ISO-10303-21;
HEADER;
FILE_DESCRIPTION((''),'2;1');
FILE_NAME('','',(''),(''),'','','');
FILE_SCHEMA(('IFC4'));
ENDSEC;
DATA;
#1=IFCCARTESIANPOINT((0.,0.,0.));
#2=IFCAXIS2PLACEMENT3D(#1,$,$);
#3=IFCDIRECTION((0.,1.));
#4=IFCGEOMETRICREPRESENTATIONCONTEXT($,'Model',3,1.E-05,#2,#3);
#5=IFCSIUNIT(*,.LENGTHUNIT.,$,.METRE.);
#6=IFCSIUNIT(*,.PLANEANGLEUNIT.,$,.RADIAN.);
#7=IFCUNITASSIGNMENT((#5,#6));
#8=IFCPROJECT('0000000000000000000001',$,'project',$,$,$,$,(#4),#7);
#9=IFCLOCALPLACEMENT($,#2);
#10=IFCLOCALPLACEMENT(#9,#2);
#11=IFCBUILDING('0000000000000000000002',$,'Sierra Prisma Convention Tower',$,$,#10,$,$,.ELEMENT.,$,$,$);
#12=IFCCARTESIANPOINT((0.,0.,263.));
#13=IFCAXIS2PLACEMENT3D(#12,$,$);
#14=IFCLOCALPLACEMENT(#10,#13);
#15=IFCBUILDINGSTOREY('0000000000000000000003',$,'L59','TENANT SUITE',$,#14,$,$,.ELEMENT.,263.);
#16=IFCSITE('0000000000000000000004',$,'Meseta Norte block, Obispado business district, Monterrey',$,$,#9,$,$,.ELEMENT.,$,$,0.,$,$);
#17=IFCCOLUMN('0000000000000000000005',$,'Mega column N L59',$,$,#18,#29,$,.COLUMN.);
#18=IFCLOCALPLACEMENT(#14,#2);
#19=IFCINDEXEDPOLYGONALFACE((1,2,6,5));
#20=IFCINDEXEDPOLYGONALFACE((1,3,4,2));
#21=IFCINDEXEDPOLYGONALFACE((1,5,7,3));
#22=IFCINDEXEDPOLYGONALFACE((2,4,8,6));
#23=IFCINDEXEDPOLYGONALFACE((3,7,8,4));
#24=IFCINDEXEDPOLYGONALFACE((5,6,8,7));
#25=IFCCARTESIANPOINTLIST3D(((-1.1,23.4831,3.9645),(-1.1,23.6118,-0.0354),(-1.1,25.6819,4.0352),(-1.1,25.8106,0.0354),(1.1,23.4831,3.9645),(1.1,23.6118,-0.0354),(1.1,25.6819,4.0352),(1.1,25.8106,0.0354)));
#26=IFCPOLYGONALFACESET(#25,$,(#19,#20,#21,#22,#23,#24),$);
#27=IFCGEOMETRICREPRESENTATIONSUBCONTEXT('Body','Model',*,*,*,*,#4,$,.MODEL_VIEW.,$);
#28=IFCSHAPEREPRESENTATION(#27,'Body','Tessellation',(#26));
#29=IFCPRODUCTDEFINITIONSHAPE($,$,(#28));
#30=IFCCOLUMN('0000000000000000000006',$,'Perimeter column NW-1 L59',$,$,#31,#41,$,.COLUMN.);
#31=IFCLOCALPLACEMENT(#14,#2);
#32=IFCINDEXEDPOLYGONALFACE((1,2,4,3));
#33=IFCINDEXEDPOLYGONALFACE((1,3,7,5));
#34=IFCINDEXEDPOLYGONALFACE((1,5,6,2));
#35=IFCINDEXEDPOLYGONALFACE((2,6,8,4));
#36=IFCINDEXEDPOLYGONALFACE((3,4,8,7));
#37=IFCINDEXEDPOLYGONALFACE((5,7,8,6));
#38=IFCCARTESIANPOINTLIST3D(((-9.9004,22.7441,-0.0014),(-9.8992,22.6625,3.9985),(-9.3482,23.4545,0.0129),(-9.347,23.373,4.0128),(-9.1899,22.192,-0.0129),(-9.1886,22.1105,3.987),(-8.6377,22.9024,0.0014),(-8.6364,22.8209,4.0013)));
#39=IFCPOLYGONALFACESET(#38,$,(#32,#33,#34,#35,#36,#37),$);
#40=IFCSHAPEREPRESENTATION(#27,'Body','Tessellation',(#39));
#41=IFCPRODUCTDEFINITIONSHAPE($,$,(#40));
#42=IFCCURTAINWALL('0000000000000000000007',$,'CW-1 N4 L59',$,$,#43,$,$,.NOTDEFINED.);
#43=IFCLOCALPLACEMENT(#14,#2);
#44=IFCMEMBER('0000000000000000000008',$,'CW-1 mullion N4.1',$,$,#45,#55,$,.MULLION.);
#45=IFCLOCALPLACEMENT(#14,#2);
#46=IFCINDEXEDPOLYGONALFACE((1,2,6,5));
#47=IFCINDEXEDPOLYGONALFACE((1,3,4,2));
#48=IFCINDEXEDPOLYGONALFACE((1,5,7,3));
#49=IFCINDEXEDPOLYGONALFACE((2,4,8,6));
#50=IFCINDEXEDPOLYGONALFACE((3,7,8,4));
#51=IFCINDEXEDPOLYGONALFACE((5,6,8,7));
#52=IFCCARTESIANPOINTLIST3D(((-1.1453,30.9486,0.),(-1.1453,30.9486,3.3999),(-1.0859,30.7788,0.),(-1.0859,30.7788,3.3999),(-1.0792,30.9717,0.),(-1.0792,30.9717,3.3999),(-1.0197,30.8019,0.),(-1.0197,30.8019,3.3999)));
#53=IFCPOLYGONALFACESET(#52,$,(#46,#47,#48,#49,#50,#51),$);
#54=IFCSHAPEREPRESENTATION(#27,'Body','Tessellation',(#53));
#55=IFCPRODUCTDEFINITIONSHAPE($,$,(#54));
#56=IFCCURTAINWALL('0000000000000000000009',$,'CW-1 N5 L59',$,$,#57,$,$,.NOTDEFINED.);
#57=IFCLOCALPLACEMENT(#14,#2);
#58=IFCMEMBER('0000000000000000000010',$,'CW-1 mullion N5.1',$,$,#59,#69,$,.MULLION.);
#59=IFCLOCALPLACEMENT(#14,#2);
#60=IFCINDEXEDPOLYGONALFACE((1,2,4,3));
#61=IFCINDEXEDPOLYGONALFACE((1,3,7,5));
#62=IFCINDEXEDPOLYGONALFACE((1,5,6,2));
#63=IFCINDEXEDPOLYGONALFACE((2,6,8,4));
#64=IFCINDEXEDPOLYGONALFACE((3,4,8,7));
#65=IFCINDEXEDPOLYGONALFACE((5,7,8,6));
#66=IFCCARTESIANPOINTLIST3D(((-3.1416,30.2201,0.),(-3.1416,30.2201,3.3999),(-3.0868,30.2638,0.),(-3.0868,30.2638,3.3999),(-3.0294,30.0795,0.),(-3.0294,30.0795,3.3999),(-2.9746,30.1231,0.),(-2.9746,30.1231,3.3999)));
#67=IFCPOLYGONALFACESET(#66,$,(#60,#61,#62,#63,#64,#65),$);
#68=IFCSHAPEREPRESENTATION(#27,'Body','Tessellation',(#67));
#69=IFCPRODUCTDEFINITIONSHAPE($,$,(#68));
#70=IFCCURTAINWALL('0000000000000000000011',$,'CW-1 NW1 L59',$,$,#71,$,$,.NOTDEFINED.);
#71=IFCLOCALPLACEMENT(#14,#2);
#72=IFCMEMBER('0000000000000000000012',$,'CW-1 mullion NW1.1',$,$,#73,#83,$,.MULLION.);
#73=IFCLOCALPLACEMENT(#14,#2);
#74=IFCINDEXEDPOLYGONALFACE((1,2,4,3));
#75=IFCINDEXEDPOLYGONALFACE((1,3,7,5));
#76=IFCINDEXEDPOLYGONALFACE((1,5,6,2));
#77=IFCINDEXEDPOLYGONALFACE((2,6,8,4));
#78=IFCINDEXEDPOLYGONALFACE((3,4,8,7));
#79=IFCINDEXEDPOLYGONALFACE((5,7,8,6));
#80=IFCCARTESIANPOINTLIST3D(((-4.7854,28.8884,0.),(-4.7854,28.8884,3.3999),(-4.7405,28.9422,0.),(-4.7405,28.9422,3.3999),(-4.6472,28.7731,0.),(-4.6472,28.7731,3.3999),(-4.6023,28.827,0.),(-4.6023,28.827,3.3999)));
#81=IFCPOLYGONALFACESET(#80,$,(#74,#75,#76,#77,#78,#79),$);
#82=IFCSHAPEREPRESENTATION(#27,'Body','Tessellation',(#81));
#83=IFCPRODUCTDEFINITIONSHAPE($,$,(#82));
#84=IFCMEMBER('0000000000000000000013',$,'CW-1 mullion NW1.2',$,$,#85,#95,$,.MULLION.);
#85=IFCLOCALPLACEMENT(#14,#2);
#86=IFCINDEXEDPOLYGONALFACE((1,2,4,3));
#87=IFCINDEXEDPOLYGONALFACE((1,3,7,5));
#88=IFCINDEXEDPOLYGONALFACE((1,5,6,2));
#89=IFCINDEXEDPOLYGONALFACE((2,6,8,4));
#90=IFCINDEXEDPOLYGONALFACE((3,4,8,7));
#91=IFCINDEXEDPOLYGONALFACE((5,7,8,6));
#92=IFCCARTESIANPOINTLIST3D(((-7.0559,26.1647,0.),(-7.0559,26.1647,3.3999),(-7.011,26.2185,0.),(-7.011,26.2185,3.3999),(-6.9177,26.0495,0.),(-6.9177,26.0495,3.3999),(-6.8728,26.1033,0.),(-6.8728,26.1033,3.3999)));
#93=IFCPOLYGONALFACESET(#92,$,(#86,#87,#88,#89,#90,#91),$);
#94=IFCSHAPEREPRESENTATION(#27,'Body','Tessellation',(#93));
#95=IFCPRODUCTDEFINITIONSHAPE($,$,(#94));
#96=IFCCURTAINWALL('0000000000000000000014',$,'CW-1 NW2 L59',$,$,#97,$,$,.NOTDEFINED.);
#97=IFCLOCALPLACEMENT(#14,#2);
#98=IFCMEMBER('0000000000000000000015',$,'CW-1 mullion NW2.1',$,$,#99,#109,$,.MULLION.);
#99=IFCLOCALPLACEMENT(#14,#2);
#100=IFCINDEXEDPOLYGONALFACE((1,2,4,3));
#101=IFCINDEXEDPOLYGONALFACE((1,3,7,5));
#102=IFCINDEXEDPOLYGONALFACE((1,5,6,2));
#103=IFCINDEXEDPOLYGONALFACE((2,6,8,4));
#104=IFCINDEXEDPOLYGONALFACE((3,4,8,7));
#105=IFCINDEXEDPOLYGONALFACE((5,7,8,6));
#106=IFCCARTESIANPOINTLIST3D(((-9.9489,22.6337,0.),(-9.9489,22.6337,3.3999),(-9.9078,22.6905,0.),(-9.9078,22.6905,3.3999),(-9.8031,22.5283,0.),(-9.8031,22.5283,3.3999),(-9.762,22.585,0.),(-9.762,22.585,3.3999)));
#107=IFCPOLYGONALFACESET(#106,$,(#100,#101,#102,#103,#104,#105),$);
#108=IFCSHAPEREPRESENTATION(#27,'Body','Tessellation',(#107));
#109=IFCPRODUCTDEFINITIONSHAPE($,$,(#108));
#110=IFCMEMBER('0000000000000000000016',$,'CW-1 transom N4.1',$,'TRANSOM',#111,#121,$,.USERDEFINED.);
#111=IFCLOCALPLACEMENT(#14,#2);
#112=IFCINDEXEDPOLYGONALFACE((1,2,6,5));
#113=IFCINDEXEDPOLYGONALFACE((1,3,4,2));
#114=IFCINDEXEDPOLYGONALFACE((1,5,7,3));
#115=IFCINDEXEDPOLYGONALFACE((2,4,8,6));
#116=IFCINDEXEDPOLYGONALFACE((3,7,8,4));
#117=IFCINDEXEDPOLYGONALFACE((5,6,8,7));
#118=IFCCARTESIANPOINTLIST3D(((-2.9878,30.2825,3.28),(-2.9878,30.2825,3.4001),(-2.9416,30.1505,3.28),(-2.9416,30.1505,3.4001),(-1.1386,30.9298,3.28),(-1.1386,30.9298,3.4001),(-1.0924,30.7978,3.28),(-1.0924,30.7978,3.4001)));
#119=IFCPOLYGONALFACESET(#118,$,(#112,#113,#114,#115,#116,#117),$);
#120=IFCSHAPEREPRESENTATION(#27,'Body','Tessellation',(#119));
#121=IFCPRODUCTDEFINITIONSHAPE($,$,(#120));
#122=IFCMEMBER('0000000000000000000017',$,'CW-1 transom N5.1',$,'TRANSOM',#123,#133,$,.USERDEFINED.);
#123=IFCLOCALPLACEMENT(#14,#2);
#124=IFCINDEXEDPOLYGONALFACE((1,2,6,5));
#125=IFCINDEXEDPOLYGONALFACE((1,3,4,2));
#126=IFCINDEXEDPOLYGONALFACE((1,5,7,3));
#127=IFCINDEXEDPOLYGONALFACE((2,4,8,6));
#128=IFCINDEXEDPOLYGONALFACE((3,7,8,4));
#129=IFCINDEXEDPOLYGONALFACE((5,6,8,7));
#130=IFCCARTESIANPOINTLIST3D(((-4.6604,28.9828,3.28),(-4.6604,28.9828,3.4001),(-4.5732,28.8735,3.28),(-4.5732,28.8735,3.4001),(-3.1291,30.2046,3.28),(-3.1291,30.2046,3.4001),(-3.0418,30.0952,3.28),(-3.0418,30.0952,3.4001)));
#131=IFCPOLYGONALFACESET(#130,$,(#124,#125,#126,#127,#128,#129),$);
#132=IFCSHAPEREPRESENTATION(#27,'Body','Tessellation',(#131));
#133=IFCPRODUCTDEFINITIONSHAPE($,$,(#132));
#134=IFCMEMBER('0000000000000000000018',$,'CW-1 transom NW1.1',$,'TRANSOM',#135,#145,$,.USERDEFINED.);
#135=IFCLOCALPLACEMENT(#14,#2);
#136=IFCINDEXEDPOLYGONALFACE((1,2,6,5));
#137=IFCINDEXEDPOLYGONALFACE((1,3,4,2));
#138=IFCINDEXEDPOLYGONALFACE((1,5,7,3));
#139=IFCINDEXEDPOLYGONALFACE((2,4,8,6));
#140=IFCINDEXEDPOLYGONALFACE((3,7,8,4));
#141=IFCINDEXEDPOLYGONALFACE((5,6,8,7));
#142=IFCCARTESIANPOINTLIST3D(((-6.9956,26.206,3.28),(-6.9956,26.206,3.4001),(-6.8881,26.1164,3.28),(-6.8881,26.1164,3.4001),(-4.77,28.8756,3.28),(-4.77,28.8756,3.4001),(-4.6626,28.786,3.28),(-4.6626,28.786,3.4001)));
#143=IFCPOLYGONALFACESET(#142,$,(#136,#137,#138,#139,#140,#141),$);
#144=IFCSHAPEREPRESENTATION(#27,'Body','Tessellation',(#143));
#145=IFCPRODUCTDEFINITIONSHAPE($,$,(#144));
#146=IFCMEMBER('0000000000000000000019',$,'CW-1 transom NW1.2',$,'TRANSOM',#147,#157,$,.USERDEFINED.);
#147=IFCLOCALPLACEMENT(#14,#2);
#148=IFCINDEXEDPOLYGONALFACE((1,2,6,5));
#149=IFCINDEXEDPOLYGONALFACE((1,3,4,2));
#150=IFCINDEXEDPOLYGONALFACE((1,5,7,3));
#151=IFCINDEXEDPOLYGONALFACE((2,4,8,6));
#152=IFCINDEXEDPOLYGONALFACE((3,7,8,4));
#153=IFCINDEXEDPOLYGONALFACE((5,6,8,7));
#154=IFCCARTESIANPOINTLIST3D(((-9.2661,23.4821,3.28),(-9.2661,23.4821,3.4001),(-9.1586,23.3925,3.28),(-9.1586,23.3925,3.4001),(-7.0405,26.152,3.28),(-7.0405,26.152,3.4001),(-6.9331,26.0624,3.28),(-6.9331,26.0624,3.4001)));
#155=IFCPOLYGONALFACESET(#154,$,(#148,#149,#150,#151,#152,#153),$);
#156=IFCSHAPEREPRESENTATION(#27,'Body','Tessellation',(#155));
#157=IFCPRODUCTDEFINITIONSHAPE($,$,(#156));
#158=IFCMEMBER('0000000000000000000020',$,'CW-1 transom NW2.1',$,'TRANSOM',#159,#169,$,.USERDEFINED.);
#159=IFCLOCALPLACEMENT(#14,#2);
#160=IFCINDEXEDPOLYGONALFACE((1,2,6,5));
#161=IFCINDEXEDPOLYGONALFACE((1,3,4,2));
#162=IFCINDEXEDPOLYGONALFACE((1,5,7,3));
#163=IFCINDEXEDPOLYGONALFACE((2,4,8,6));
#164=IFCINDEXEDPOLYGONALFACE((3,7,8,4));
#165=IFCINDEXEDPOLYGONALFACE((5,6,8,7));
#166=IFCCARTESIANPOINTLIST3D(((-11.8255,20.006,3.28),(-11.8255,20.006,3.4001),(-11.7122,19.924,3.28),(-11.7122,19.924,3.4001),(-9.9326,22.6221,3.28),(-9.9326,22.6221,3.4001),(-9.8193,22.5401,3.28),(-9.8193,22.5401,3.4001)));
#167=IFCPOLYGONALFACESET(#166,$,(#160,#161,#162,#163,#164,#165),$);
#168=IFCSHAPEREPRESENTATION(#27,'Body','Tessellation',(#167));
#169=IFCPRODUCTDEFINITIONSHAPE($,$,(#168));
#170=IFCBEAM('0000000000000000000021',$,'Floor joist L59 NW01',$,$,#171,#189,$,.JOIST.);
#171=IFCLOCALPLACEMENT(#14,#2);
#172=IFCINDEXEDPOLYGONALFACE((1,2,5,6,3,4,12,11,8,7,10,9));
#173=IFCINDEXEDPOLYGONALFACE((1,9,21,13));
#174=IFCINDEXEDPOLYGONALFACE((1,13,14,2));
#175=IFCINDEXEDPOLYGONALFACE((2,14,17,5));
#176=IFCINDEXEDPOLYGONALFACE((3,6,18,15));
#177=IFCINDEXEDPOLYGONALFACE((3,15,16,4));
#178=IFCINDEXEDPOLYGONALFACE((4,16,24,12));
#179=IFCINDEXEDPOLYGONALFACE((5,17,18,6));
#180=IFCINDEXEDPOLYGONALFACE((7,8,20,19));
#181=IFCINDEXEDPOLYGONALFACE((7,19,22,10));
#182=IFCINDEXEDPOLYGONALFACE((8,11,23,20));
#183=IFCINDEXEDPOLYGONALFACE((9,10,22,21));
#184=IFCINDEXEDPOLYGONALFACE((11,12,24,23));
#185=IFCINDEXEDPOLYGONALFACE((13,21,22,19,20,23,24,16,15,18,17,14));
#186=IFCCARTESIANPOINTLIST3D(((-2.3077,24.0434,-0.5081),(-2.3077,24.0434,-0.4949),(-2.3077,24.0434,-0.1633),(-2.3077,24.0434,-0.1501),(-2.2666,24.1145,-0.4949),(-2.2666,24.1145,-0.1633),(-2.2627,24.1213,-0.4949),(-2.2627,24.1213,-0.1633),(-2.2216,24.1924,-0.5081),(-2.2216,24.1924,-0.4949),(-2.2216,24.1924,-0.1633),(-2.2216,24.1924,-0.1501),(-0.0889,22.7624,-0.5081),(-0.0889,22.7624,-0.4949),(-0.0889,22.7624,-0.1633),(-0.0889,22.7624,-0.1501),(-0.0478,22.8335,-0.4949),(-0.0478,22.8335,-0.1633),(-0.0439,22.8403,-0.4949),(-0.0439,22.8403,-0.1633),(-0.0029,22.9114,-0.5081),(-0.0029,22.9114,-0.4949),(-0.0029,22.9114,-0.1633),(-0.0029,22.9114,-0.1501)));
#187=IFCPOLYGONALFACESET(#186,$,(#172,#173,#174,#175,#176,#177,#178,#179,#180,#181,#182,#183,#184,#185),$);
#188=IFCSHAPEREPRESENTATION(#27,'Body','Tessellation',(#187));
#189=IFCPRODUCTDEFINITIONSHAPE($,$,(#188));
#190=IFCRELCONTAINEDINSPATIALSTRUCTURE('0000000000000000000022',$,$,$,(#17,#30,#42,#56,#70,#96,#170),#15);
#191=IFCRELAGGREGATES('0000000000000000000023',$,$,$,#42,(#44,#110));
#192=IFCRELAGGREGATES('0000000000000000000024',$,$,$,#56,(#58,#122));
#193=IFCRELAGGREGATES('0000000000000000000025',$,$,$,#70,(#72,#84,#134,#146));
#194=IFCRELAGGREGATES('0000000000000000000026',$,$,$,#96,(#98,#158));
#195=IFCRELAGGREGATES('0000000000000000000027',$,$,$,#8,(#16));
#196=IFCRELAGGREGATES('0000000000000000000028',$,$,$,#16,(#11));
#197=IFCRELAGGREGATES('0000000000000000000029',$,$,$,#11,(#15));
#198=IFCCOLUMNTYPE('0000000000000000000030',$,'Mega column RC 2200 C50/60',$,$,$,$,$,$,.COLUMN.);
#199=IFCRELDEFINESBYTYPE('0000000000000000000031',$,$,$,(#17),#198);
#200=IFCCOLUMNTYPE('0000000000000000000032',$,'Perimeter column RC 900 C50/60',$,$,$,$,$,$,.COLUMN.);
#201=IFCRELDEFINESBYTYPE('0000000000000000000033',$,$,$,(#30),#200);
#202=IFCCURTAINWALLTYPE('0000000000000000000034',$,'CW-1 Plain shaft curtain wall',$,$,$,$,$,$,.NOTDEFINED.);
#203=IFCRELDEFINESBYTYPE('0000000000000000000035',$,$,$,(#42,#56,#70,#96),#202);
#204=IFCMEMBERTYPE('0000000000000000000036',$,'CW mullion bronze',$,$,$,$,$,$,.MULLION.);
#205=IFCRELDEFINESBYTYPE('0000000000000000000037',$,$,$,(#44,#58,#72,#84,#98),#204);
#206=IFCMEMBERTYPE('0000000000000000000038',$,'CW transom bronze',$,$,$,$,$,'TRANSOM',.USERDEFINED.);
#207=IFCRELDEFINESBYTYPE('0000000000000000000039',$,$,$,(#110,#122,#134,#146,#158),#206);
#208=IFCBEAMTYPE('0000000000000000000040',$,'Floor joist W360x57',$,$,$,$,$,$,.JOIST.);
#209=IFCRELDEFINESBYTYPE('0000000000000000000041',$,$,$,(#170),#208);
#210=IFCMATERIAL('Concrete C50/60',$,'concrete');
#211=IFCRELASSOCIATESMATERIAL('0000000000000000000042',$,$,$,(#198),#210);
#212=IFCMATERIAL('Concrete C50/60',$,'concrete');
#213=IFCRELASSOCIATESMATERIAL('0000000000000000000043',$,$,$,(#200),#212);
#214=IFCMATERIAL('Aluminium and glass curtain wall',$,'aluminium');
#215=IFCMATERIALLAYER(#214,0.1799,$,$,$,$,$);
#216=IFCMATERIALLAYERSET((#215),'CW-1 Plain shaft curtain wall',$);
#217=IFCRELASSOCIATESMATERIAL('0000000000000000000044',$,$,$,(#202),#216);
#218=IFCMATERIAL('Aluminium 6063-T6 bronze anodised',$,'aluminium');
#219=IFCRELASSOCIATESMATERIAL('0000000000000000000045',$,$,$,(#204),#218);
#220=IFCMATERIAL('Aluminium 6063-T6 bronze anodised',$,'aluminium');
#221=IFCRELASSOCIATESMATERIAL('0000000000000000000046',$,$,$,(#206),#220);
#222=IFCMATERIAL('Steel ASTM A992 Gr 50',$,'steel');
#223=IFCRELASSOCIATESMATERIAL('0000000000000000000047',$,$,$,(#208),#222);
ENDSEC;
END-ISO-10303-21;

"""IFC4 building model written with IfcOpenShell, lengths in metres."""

from ifc_helpers import new_model, si_unit, direction, frame, origin, origin_2d, place, context, subcontext, project, spatial, rectangle, i_section, extrude, material, layer, layer_set, material_profile, profile_set, type_object, element, aggregate, save


model = new_model("IFC4")

# Units and contexts
model_context = context("Model", 3, precision=1e-05, world=origin(), true_north=direction((0.0, 1.0)))
body_context = subcontext(model_context, "Body", "Model", "MODEL_VIEW")
ifc_project = project(units=[si_unit("LENGTHUNIT", "METRE"), si_unit("PLANEANGLEUNIT", "RADIAN")], contexts=[model_context])

# Site, building, storey
site_placement = place(None, origin())
site = spatial("IfcSite", under=ifc_project, at=site_placement, Name="Meseta Norte block, Obispado business district, Monterrey", CompositionType="ELEMENT", RefElevation=0.0)
building_placement = place(site_placement, origin())
building = spatial("IfcBuilding", under=site, at=building_placement, Name="Sierra Prisma Convention Tower", CompositionType="ELEMENT")
storey_placement = place(building_placement, frame((0.0, 0.0, 263.0)))
storey = spatial("IfcBuildingStorey", under=building, at=storey_placement, Name="L59", Description="TENANT SUITE", CompositionType="ELEMENT", Elevation=263.0)

# Columns
ifc_material_1 = material(Name="Concrete C50/60", Category="concrete")
ifc_material_profile_1 = material_profile(ifc_material_1, rectangle(XDim=2.2, YDim=2.2, at=origin_2d()), Name="Mega column RC 2200 C50/60")
ifc_profile_set_1 = profile_set([ifc_material_profile_1], Name="Concrete C50/60")
column_type_1 = type_object("IfcColumnType", Name="Mega column RC 2200 C50/60", PredefinedType="COLUMN", material=ifc_profile_set_1)
column_1_placement = place(storey_placement, frame((0.0, 24.7112, 0.0), z_axis=(0.0, -0.032149, 0.999483), x_axis=(1.0, 0.0, 0.0)))
element("IfcColumn", 1, at=column_1_placement, inside=storey, type_object=column_type_1, Name="Mega column N L59", PredefinedType="COLUMN", context=body_context, shape_type="SweptSolid", body=[
    extrude(rectangle(XDim=2.2, YDim=2.2, at=origin_2d()), origin(), (0.0, 0.0, 1.0), 4.002),
])
ifc_material_2 = material(Name="Concrete C50/60", Category="concrete")
ifc_material_profile_2 = material_profile(ifc_material_2, rectangle(XDim=0.8999, YDim=0.8999, at=origin_2d()), Name="Perimeter column RC 900 C50/60")
ifc_profile_set_2 = profile_set([ifc_material_profile_2], Name="Concrete C50/60")
column_type_2 = type_object("IfcColumnType", Name="Perimeter column RC 900 C50/60", PredefinedType="COLUMN", material=ifc_profile_set_2)
column_2_placement = place(storey_placement, frame((-9.269, 22.8232, 0.0), z_axis=(0.000305, -0.020382, 0.999792), x_axis=(0.61362, 0.789441, 0.015906)))
element("IfcColumn", 2, at=column_2_placement, inside=storey, type_object=column_type_2, Name="Perimeter column NW-1 L59", PredefinedType="COLUMN", context=body_context, shape_type="SweptSolid", body=[
    extrude(rectangle(XDim=0.8999, YDim=0.8999, at=origin_2d()), origin(), (0.0, 0.0, 1.0), 4.0007),
])

# Curtain walls, members
ifc_material_3 = material(Name="Aluminium and glass curtain wall", Category="aluminium")
ifc_layer_1 = layer(ifc_material_3, 0.1799)
ifc_layer_set_1 = layer_set([ifc_layer_1], Name="CW-1 Plain shaft curtain wall")
curtain_wall_type = type_object("IfcCurtainWallType", Name="CW-1 Plain shaft curtain wall", PredefinedType="NOTDEFINED", material=ifc_layer_set_1)
curtain_wall_1_placement = place(storey_placement, origin())
curtain_wall_1 = element("IfcCurtainWall", 3, at=curtain_wall_1_placement, inside=storey, type_object=curtain_wall_type, Name="CW-1 N4 L59", PredefinedType="NOTDEFINED")
ifc_material_4 = material(Name="Aluminium 6063-T6 bronze anodised", Category="aluminium")
ifc_material_profile_3 = material_profile(ifc_material_4, rectangle(XDim=0.1799, YDim=0.0701, at=origin_2d()), Name="ALU MULLION 70x180")
ifc_profile_set_3 = profile_set([ifc_material_profile_3], Name="Aluminium 6063-T6 bronze anodised")
member_type_1 = type_object("IfcMemberType", Name="CW mullion bronze", PredefinedType="MULLION", material=ifc_profile_set_3)
member_1_placement = place(storey_placement, frame((-1.0825, 30.8752, 0.0), z_axis=(0.0, 0.0, 1.0), x_axis=(0.330333, -0.943864, 0.0)))
member_1 = element("IfcMember", 4, at=member_1_placement, type_object=member_type_1, Name="CW-1 mullion N4.1", PredefinedType="MULLION", context=body_context, shape_type="SweptSolid", body=[
    extrude(rectangle(XDim=0.1799, YDim=0.0701, at=origin_2d()), origin(), (0.0, 0.0, 1.0), 3.3999),
])
curtain_wall_2_placement = place(storey_placement, origin())
curtain_wall_2 = element("IfcCurtainWall", 5, at=curtain_wall_2_placement, inside=storey, type_object=curtain_wall_type, Name="CW-1 N5 L59", PredefinedType="NOTDEFINED")
member_2_placement = place(storey_placement, frame((-3.0581, 30.1716, 0.0), z_axis=(0.0, 0.0, 1.0), x_axis=(0.623579, -0.78176, 0.0)))
member_2 = element("IfcMember", 6, at=member_2_placement, type_object=member_type_1, Name="CW-1 mullion N5.1", PredefinedType="MULLION", context=body_context, shape_type="SweptSolid", body=[
    extrude(rectangle(XDim=0.1799, YDim=0.0701, at=origin_2d()), origin(), (0.0, 0.0, 1.0), 3.3999),
])

# Curtain wall, members
curtain_wall_3_placement = place(storey_placement, origin())
curtain_wall_3 = element("IfcCurtainWall", 7, at=curtain_wall_3_placement, inside=storey, type_object=curtain_wall_type, Name="CW-1 NW1 L59", PredefinedType="NOTDEFINED")
member_3_placement = place(storey_placement, frame((-4.6938, 28.8577, 0.0), z_axis=(0.0, 0.0, 1.0), x_axis=(0.76812, -0.640306, 0.0)))
member_3 = element("IfcMember", 8, at=member_3_placement, type_object=member_type_1, Name="CW-1 mullion NW1.1", PredefinedType="MULLION", context=body_context, shape_type="SweptSolid", body=[
    extrude(rectangle(XDim=0.1799, YDim=0.0701, at=origin_2d()), origin(), (0.0, 0.0, 1.0), 3.3999),
])
member_4_placement = place(storey_placement, frame((-6.9644, 26.134, 0.0), z_axis=(0.0, 0.0, 1.0), x_axis=(0.76812, -0.640306, 0.0)))
member_4 = element("IfcMember", 9, at=member_4_placement, type_object=member_type_1, Name="CW-1 mullion NW1.2", PredefinedType="MULLION", context=body_context, shape_type="SweptSolid", body=[
    extrude(rectangle(XDim=0.1799, YDim=0.0701, at=origin_2d()), origin(), (0.0, 0.0, 1.0), 3.3999),
])

# Curtain wall, member
curtain_wall_4_placement = place(storey_placement, origin())
curtain_wall_4 = element("IfcCurtainWall", 10, at=curtain_wall_4_placement, inside=storey, type_object=curtain_wall_type, Name="CW-1 NW2 L59", PredefinedType="NOTDEFINED")
member_5_placement = place(storey_placement, frame((-9.8555, 22.6094, 0.0), z_axis=(0.0, 0.0, 1.0), x_axis=(0.810157, -0.586214, 0.0)))
member_5 = element("IfcMember", 11, at=member_5_placement, type_object=member_type_1, Name="CW-1 mullion NW2.1", PredefinedType="MULLION", context=body_context, shape_type="SweptSolid", body=[
    extrude(rectangle(XDim=0.1799, YDim=0.0701, at=origin_2d()), origin(), (0.0, 0.0, 1.0), 3.3999),
])

# Members
ifc_material_5 = material(Name="Aluminium 6063-T6 bronze anodised", Category="aluminium")
ifc_material_profile_4 = material_profile(ifc_material_5, rectangle(XDim=0.1399, YDim=0.1201, at=origin_2d()), Name="ALU TRANSOM 120x140")
ifc_profile_set_4 = profile_set([ifc_material_profile_4], Name="Aluminium 6063-T6 bronze anodised")
member_type_2 = type_object("IfcMemberType", Name="CW transom bronze", ElementType="TRANSOM", PredefinedType="USERDEFINED", material=ifc_profile_set_4)
member_6_placement = place(storey_placement, frame((-1.1155, 30.8638, 3.3401), z_axis=(-0.943854, -0.330362, 0.0), x_axis=(0.330362, -0.943854, 0.0)))
member_6 = element("IfcMember", 12, at=member_6_placement, type_object=member_type_2, Name="CW-1 transom N4.1", ObjectType="TRANSOM", PredefinedType="USERDEFINED", context=body_context, shape_type="SweptSolid", body=[
    extrude(rectangle(XDim=0.1399, YDim=0.1201, at=origin_2d()), origin(), (0.0, 0.0, 1.0), 1.9592),
])
member_7_placement = place(storey_placement, frame((-3.0854, 30.1499, 3.3401), z_axis=(-0.781695, -0.623661, 0.0), x_axis=(0.623661, -0.781695, 0.0)))
member_7 = element("IfcMember", 13, at=member_7_placement, type_object=member_type_2, Name="CW-1 transom N5.1", ObjectType="TRANSOM", PredefinedType="USERDEFINED", context=body_context, shape_type="SweptSolid", body=[
    extrude(rectangle(XDim=0.1399, YDim=0.1201, at=origin_2d()), origin(), (0.0, 0.0, 1.0), 1.959),
])
member_8_placement = place(storey_placement, frame((-4.7163, 28.8308, 3.3401), z_axis=(-0.640329, -0.7681, 0.0), x_axis=(0.7681, -0.640329, 0.0)))
member_8 = element("IfcMember", 14, at=member_8_placement, type_object=member_type_2, Name="CW-1 transom NW1.1", ObjectType="TRANSOM", PredefinedType="USERDEFINED", context=body_context, shape_type="SweptSolid", body=[
    extrude(rectangle(XDim=0.1399, YDim=0.1201, at=origin_2d()), origin(), (0.0, 0.0, 1.0), 3.4756),
])
member_9_placement = place(storey_placement, frame((-6.9868, 26.1072, 3.3401), z_axis=(-0.640295, -0.768129, 0.0), x_axis=(0.768129, -0.640295, 0.0)))
member_9 = element("IfcMember", 15, at=member_9_placement, type_object=member_type_2, Name="CW-1 transom NW1.2", ObjectType="TRANSOM", PredefinedType="USERDEFINED", context=body_context, shape_type="SweptSolid", body=[
    extrude(rectangle(XDim=0.1399, YDim=0.1201, at=origin_2d()), origin(), (0.0, 0.0, 1.0), 3.4758),
])
member_10_placement = place(storey_placement, frame((-9.876, 22.5811, 3.3401), z_axis=(-0.586205, -0.810163, 0.0), x_axis=(0.810163, -0.586205, 0.0)))
member_10 = element("IfcMember", 16, at=member_10_placement, type_object=member_type_2, Name="CW-1 transom NW2.1", ObjectType="TRANSOM", PredefinedType="USERDEFINED", context=body_context, shape_type="SweptSolid", body=[
    extrude(rectangle(XDim=0.1399, YDim=0.1201, at=origin_2d()), origin(), (0.0, 0.0, 1.0), 3.229),
])

# Beam
ifc_material_6 = material(Name="Steel ASTM A992 Gr 50", Category="steel")
ifc_material_profile_5 = material_profile(ifc_material_6, i_section(OverallWidth=0.1721, OverallDepth=0.3579, WebThickness=0.0078, FlangeThickness=0.0132, at=origin_2d()), Name="W360x57")
ifc_profile_set_5 = profile_set([ifc_material_profile_5], Name="Steel ASTM A992 Gr 50")
beam_type_1 = type_object("IfcBeamType", Name="Floor joist W360x57", PredefinedType="JOIST", material=ifc_profile_set_5)
beam_1_placement = place(storey_placement, frame((-2.2646, 24.1179, -0.3291), z_axis=(0.866024, -0.500003, 0.0), x_axis=(0.500003, 0.866024, 0.0)))
element("IfcBeam", 17, at=beam_1_placement, inside=storey, type_object=beam_type_1, Name="Floor joist L59 NW01", PredefinedType="JOIST", context=body_context, shape_type="SweptSolid", body=[
    extrude(i_section(OverallWidth=0.1721, OverallDepth=0.3579, WebThickness=0.0078, FlangeThickness=0.0132, at=origin_2d()), origin(), (0.0, 0.0, 1.0), 2.562),
])

aggregate(curtain_wall_1, [member_1, member_6])
aggregate(curtain_wall_2, [member_2, member_7])
aggregate(curtain_wall_3, [member_3, member_4, member_8, member_9])
aggregate(curtain_wall_4, [member_5, member_10])

save(model, "model.ifc")
